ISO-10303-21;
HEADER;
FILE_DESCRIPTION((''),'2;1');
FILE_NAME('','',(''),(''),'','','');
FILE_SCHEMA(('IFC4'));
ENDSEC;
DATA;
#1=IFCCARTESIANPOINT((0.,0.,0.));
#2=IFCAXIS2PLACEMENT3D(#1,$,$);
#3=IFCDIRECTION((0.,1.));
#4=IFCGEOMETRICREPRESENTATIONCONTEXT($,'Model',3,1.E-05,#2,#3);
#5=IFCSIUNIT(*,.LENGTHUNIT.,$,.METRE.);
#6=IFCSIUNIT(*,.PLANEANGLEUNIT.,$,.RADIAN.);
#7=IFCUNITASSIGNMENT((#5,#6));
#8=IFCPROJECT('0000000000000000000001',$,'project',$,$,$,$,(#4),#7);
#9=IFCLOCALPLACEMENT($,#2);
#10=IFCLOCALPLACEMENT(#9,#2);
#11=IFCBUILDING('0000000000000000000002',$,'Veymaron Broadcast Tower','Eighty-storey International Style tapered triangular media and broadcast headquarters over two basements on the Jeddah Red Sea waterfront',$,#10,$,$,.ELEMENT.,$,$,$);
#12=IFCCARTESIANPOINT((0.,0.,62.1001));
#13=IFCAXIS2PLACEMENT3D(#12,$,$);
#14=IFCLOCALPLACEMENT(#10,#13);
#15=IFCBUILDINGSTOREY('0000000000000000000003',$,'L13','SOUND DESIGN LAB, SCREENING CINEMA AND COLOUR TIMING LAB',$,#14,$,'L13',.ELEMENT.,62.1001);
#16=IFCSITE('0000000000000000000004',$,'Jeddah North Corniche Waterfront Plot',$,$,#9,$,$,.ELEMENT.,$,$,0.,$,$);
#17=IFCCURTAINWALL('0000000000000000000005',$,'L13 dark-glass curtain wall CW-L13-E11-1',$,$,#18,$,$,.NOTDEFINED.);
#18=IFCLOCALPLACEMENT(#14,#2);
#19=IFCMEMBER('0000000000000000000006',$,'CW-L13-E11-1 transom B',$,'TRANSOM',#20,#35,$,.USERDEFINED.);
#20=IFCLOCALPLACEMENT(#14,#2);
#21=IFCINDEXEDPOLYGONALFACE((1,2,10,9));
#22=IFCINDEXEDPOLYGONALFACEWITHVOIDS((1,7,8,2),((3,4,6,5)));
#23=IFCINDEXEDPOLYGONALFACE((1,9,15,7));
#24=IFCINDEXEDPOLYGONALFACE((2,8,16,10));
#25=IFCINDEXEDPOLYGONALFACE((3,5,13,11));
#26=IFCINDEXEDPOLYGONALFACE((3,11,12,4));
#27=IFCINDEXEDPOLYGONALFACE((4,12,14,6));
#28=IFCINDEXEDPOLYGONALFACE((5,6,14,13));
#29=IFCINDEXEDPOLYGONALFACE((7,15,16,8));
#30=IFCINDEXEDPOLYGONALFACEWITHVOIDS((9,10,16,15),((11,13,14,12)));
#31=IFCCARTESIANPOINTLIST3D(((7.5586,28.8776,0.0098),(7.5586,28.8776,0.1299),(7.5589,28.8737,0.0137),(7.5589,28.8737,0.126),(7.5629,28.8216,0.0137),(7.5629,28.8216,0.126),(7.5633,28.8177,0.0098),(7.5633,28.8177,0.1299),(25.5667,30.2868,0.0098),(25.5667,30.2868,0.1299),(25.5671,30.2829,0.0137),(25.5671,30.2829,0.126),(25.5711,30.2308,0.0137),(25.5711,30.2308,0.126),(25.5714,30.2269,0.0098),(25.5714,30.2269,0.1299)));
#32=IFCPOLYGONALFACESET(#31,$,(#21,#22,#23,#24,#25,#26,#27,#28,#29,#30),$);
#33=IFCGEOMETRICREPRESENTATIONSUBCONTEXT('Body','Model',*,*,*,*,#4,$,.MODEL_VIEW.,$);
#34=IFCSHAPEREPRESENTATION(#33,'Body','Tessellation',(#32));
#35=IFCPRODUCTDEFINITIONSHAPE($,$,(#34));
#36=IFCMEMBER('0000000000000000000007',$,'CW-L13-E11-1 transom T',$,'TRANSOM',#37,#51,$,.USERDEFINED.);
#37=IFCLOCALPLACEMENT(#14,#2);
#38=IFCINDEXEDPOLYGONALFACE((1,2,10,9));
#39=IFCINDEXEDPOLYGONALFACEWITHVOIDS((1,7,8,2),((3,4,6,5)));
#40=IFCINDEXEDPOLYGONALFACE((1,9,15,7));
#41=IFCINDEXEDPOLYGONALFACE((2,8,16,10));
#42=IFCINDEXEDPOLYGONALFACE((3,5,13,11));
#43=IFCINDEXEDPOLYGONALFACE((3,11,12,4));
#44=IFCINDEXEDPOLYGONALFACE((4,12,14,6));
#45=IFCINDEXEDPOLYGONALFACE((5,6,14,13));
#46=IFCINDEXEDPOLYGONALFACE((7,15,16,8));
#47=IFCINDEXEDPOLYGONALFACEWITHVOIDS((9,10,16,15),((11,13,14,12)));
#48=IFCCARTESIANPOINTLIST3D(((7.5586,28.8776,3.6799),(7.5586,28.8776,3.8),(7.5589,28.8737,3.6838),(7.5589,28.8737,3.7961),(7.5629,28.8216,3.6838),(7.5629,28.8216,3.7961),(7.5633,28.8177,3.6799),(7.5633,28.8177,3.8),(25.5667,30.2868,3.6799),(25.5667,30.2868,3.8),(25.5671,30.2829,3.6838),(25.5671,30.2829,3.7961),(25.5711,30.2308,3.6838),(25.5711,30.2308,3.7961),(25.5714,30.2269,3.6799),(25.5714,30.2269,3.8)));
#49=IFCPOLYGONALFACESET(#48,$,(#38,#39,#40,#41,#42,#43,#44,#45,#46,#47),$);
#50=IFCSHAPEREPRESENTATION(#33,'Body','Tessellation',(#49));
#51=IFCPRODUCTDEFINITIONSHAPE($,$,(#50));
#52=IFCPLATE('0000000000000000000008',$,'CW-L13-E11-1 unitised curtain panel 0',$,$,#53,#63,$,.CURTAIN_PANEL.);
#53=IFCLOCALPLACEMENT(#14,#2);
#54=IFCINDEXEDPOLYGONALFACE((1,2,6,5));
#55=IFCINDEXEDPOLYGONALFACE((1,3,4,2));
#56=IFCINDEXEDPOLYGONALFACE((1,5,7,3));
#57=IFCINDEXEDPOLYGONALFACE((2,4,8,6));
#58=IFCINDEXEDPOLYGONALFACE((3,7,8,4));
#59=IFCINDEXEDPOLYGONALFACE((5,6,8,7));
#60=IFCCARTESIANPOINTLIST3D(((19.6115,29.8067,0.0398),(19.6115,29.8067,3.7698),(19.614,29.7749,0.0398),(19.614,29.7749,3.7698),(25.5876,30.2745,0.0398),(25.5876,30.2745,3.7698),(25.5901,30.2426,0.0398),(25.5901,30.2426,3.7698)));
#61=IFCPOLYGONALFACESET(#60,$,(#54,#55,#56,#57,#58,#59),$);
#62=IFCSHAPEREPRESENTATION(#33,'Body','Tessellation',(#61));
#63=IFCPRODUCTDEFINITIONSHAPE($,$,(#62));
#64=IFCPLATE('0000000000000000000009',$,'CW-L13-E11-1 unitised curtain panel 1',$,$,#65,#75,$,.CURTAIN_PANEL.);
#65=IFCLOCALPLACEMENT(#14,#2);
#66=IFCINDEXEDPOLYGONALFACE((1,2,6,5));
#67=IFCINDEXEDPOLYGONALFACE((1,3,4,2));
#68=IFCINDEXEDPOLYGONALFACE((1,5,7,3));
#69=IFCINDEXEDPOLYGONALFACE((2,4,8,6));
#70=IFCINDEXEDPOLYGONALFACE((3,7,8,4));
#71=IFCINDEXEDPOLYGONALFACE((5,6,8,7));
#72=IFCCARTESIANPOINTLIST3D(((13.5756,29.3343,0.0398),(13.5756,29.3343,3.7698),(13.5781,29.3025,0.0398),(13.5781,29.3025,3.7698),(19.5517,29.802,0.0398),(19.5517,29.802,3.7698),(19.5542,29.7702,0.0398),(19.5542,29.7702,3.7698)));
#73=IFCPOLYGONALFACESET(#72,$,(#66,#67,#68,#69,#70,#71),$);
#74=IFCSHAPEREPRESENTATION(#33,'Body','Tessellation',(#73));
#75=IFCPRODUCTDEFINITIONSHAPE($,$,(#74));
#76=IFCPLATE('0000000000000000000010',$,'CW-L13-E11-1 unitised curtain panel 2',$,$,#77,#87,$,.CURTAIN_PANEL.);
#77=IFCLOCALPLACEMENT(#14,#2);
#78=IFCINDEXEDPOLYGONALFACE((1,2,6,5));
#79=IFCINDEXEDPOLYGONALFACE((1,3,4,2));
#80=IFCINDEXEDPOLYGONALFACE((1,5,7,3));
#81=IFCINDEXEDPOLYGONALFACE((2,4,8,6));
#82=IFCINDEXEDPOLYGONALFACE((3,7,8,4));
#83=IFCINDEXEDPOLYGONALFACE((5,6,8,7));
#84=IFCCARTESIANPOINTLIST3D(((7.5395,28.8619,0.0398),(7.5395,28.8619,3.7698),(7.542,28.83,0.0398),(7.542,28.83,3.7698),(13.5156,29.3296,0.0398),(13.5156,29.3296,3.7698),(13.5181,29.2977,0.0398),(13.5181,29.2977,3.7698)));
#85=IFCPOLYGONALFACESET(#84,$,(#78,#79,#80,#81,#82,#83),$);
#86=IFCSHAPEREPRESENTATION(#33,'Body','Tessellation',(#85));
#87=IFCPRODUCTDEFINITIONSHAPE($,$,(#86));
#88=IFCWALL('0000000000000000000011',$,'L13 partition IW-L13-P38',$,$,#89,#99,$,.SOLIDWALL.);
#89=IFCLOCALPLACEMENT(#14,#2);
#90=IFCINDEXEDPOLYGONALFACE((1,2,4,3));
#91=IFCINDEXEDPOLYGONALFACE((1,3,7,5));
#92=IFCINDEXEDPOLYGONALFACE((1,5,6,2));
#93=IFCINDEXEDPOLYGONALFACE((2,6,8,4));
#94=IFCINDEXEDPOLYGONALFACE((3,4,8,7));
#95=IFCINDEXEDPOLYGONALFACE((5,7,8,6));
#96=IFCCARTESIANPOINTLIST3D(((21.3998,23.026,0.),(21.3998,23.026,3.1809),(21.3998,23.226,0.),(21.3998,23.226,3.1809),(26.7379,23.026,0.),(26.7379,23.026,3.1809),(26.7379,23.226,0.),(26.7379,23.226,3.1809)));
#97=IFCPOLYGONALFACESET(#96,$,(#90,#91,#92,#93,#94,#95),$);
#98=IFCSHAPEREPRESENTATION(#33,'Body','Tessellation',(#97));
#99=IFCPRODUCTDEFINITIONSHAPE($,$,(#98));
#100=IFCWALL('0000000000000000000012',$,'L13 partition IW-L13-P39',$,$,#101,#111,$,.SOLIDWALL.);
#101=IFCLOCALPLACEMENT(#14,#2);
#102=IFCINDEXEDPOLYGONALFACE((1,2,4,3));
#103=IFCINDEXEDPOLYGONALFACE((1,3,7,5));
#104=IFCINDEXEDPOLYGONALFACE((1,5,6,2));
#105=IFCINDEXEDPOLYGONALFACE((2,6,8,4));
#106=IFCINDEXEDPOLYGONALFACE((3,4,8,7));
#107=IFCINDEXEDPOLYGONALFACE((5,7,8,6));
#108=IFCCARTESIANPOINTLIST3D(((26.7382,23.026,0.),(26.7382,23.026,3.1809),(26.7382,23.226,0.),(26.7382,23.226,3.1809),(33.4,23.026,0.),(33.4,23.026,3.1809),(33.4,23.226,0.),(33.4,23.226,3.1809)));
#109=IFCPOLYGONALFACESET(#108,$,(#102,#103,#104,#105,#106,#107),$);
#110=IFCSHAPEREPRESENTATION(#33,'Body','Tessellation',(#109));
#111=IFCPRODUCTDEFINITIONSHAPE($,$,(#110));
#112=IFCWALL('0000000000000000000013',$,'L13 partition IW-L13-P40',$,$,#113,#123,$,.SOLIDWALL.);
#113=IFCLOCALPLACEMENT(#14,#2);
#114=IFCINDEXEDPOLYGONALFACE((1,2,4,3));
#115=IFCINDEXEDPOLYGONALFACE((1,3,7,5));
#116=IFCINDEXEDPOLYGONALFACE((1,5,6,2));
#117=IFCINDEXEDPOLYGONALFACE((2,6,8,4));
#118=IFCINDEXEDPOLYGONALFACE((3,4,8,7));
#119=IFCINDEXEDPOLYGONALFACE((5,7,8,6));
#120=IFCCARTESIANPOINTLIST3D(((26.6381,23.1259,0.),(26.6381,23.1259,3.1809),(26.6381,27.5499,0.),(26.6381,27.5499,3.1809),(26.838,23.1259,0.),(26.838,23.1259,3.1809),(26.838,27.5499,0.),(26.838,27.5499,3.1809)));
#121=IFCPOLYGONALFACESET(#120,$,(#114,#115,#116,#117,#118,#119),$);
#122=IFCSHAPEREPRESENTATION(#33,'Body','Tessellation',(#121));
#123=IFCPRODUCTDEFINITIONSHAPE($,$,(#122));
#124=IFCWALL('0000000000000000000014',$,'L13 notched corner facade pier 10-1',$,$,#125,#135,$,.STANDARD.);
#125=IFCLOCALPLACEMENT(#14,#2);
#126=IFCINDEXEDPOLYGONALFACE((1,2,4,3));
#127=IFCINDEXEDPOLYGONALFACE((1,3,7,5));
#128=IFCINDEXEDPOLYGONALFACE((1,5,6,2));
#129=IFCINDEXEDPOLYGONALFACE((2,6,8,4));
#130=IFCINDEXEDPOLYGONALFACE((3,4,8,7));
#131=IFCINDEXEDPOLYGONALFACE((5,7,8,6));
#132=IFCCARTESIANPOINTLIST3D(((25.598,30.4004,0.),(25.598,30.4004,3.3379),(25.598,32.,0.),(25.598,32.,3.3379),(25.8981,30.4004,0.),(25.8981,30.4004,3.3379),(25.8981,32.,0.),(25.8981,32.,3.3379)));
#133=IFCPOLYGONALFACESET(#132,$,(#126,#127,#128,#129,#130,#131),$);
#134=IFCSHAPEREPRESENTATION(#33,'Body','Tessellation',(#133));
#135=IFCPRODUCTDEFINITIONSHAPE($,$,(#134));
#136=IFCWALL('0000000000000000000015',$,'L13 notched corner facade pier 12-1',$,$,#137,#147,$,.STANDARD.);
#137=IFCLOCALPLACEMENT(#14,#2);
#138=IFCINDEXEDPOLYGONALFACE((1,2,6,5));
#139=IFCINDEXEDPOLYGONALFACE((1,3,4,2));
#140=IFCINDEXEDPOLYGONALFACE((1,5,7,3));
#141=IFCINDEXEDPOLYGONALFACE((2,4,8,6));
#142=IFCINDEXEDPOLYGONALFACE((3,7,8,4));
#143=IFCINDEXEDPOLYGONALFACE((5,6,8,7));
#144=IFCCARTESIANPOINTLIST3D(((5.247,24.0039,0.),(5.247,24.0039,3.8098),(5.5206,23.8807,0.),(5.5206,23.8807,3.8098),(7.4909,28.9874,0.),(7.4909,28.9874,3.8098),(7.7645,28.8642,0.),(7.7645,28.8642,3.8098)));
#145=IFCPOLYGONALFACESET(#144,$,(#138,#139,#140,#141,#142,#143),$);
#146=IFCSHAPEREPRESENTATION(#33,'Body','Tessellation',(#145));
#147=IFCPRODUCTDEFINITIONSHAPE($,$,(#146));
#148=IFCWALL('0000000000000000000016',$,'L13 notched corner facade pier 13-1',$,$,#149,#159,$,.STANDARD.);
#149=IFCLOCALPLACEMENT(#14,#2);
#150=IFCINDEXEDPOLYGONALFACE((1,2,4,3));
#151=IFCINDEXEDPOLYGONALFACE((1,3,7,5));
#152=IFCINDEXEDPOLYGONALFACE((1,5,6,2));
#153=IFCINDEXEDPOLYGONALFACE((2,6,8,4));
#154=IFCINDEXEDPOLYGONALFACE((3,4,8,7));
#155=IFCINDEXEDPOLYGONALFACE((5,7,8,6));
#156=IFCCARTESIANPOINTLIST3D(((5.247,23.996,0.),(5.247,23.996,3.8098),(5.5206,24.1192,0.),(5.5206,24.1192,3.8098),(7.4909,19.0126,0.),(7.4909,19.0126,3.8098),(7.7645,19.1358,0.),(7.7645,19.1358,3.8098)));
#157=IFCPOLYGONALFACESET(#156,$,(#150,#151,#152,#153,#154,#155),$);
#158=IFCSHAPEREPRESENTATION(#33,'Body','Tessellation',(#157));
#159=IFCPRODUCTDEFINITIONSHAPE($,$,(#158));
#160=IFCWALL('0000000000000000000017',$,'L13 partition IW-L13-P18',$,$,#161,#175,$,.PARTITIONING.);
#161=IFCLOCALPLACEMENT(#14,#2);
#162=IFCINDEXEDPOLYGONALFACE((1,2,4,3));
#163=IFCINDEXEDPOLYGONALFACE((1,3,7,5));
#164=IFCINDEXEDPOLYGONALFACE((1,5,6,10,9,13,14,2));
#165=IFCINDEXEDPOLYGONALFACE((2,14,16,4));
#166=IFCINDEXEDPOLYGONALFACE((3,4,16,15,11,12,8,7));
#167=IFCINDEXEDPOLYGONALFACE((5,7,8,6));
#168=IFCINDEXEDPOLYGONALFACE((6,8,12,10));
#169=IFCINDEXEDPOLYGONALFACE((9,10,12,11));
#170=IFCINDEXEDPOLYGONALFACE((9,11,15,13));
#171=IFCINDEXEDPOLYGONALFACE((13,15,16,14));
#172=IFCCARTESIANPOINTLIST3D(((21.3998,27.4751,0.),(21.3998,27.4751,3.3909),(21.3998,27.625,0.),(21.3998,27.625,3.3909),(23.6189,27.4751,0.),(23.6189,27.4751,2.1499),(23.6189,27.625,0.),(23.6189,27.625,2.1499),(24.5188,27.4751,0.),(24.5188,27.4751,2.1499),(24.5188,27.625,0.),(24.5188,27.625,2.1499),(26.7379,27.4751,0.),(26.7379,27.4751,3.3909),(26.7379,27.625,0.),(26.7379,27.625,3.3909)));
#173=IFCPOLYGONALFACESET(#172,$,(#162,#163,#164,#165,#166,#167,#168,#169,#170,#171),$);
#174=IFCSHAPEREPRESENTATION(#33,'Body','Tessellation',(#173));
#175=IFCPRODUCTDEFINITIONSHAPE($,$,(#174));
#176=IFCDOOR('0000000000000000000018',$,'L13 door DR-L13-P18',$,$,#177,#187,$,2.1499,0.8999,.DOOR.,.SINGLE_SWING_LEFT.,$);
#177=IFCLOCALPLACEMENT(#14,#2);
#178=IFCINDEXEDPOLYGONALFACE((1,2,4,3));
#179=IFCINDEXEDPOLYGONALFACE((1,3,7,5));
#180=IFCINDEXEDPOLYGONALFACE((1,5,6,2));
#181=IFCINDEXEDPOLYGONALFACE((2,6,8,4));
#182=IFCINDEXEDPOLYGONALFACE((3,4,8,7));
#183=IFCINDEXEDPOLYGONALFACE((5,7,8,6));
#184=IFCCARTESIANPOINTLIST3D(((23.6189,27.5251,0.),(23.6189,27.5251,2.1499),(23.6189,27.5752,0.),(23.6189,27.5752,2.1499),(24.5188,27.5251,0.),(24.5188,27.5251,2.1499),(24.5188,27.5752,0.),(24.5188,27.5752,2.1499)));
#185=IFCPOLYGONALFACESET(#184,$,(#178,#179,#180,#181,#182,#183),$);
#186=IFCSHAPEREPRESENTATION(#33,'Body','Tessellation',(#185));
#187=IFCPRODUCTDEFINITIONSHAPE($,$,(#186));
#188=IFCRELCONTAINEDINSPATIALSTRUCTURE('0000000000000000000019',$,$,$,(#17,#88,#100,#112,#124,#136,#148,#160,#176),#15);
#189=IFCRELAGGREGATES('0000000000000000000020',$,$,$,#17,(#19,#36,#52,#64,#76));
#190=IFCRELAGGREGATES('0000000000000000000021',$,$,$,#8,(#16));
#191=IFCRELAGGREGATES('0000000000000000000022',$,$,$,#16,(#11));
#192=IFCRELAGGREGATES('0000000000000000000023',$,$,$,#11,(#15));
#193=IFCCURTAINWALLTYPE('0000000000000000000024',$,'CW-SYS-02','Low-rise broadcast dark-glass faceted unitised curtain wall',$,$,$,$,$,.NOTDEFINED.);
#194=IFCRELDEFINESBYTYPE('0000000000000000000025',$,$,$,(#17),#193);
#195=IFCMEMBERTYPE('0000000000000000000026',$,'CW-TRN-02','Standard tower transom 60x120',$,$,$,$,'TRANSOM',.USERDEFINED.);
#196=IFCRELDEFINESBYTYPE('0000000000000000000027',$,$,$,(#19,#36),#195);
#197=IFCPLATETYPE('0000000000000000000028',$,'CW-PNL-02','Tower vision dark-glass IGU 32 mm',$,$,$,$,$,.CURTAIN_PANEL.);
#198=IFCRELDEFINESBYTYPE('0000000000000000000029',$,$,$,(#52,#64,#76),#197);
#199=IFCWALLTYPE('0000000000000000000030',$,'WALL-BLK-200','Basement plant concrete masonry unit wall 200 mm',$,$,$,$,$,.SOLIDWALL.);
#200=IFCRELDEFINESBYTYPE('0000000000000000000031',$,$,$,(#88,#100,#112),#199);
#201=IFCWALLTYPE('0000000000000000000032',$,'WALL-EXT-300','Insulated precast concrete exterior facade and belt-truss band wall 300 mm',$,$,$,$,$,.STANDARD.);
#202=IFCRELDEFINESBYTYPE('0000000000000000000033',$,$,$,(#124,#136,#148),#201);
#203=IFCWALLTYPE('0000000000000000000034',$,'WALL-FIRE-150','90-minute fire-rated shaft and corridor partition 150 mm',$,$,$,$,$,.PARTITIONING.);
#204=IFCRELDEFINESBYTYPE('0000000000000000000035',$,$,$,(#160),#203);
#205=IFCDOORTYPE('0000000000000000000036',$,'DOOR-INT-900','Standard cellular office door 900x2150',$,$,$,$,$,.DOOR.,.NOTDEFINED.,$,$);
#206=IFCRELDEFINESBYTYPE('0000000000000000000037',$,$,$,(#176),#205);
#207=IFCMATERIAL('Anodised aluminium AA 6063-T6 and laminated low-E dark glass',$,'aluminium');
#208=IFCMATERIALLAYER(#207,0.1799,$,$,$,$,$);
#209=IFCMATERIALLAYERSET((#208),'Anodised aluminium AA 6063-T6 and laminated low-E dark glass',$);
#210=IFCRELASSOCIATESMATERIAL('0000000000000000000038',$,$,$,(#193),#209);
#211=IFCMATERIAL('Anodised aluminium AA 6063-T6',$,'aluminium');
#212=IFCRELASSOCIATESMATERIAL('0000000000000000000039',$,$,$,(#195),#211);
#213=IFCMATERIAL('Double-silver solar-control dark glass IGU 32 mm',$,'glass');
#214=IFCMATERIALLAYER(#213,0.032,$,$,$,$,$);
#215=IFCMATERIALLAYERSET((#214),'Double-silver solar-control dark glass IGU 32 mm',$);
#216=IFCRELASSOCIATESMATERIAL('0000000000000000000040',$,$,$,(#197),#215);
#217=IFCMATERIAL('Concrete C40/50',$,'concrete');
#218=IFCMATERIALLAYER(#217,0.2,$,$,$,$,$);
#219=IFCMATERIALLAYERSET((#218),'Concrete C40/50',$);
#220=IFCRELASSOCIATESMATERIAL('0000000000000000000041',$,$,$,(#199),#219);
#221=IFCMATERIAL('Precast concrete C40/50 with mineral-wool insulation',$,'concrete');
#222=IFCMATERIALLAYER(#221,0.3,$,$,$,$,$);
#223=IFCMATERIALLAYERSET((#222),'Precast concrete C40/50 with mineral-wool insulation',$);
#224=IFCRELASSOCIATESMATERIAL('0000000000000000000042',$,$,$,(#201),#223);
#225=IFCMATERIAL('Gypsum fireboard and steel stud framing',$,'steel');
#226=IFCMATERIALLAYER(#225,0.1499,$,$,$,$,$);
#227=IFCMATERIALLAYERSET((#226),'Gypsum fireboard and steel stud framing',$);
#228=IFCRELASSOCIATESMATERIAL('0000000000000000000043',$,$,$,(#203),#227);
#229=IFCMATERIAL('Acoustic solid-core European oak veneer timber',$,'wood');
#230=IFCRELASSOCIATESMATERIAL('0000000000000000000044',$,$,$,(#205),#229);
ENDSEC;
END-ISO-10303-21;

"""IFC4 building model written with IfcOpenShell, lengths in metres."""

from ifc_helpers import new_model, si_unit, direction, frame, frame_2d, origin, origin_2d, place, context, subcontext, project, spatial, rectangle, hollow_rectangle, extrude, material, layer, layer_set, material_profile, profile_set, type_object, element, fill, aggregate, save


model = new_model("IFC4")

# Units and contexts
model_context = context("Model", 3, precision=1e-05, world=origin(), true_north=direction((0.0, 1.0)))
body_context = subcontext(model_context, "Body", "Model", "MODEL_VIEW")
ifc_project = project(units=[si_unit("LENGTHUNIT", "METRE"), si_unit("PLANEANGLEUNIT", "RADIAN")], contexts=[model_context])

# Site, building, storey
site_placement = place(None, origin())
site = spatial("IfcSite", under=ifc_project, at=site_placement, Name="Jeddah North Corniche Waterfront Plot", CompositionType="ELEMENT", RefElevation=0.0)
building_placement = place(site_placement, origin())
building = spatial("IfcBuilding", under=site, at=building_placement, Name="Veymaron Broadcast Tower", Description="Eighty-storey International Style tapered triangular media and broadcast headquarters over two basements on the Jeddah Red Sea waterfront", CompositionType="ELEMENT")
storey_placement = place(building_placement, frame((0.0, 0.0, 62.1001)))
storey = spatial("IfcBuildingStorey", under=building, at=storey_placement, Name="L13", Description="SOUND DESIGN LAB, SCREENING CINEMA AND COLOUR TIMING LAB", LongName="L13", CompositionType="ELEMENT", Elevation=62.1001)

# Curtain wall, members, plates
ifc_material_1 = material(Name="Anodised aluminium AA 6063-T6 and laminated low-E dark glass", Category="aluminium")
ifc_layer_1 = layer(ifc_material_1, 0.1799)
ifc_layer_set_1 = layer_set([ifc_layer_1], Name="Anodised aluminium AA 6063-T6 and laminated low-E dark glass")
curtain_wall_type = type_object("IfcCurtainWallType", Name="CW-SYS-02", Description="Low-rise broadcast dark-glass faceted unitised curtain wall", PredefinedType="NOTDEFINED", material=ifc_layer_set_1)
curtain_wall_placement = place(storey_placement, origin())
curtain_wall = element("IfcCurtainWall", 1, at=curtain_wall_placement, inside=storey, type_object=curtain_wall_type, Name="L13 dark-glass curtain wall CW-L13-E11-1", PredefinedType="NOTDEFINED")
ifc_material_2 = material(Name="Anodised aluminium AA 6063-T6", Category="aluminium")
ifc_material_profile_1 = material_profile(ifc_material_2, hollow_rectangle(XDim=0.0601, YDim=0.1201, WallThickness=0.0039, at=origin_2d()), Name="AL120X60X4")
ifc_profile_set_1 = profile_set([ifc_material_profile_1], Name="Anodised aluminium AA 6063-T6")
member_type_1 = type_object("IfcMemberType", Name="CW-TRN-02", Description="Standard tower transom 60x120", ElementType="TRANSOM", PredefinedType="USERDEFINED", material=ifc_profile_set_1)
member_1_placement = place(storey_placement, frame((25.5691, 30.2568, 0.0698), z_axis=(-0.996952, -0.078013, 0.0), x_axis=(0.078013, -0.996952, 0.0)))
member_1 = element("IfcMember", 2, at=member_1_placement, type_object=member_type_1, Name="CW-L13-E11-1 transom B", ObjectType="TRANSOM", PredefinedType="USERDEFINED", context=body_context, shape_type="SweptSolid", body=[
    extrude(hollow_rectangle(XDim=0.0601, YDim=0.1201, WallThickness=0.0039, at=origin_2d()), origin(), (0.0, 0.0, 1.0), 18.0632),
])
member_2_placement = place(storey_placement, frame((25.5691, 30.2568, 3.74), z_axis=(-0.996952, -0.078013, 0.0), x_axis=(0.078013, -0.996952, 0.0)))
member_2 = element("IfcMember", 3, at=member_2_placement, type_object=member_type_1, Name="CW-L13-E11-1 transom T", ObjectType="TRANSOM", PredefinedType="USERDEFINED", context=body_context, shape_type="SweptSolid", body=[
    extrude(hollow_rectangle(XDim=0.0601, YDim=0.1201, WallThickness=0.0039, at=origin_2d()), origin(), (0.0, 0.0, 1.0), 18.0632),
])
ifc_material_3 = material(Name="Double-silver solar-control dark glass IGU 32 mm", Category="glass")
ifc_layer_2 = layer(ifc_material_3, 0.032)
ifc_layer_set_2 = layer_set([ifc_layer_2], Name="Double-silver solar-control dark glass IGU 32 mm")
plate_type = type_object("IfcPlateType", Name="CW-PNL-02", Description="Tower vision dark-glass IGU 32 mm", PredefinedType="CURTAIN_PANEL", material=ifc_layer_set_2)
plate_1_placement = place(storey_placement, frame((22.6008, 30.0247, 0.0398), z_axis=(0.0, 0.0, 1.0), x_axis=(-0.996951, -0.078024, 0.0)))
plate_1 = element("IfcPlate", 4, at=plate_1_placement, type_object=plate_type, Name="CW-L13-E11-1 unitised curtain panel 0", PredefinedType="CURTAIN_PANEL", context=body_context, shape_type="SweptSolid", body=[
    extrude(rectangle(XDim=5.9944, YDim=0.032, at=origin_2d()), origin(), (0.0, 0.0, 1.0), 3.73),
])
plate_2_placement = place(storey_placement, frame((16.5649, 29.5522, 0.0398), z_axis=(0.0, 0.0, 1.0), x_axis=(-0.996951, -0.078024, 0.0)))
plate_2 = element("IfcPlate", 5, at=plate_2_placement, type_object=plate_type, Name="CW-L13-E11-1 unitised curtain panel 1", PredefinedType="CURTAIN_PANEL", context=body_context, shape_type="SweptSolid", body=[
    extrude(rectangle(XDim=5.9944, YDim=0.032, at=origin_2d()), origin(), (0.0, 0.0, 1.0), 3.73),
])
plate_3_placement = place(storey_placement, frame((10.5288, 29.0798, 0.0398), z_axis=(0.0, 0.0, 1.0), x_axis=(-0.996951, -0.078024, 0.0)))
plate_3 = element("IfcPlate", 6, at=plate_3_placement, type_object=plate_type, Name="CW-L13-E11-1 unitised curtain panel 2", PredefinedType="CURTAIN_PANEL", context=body_context, shape_type="SweptSolid", body=[
    extrude(rectangle(XDim=5.9944, YDim=0.032, at=origin_2d()), origin(), (0.0, 0.0, 1.0), 3.73),
])
aggregate(curtain_wall, [member_1, member_2, plate_1, plate_2, plate_3])

# Walls
ifc_material_4 = material(Name="Concrete C40/50", Category="concrete")
ifc_layer_3 = layer(ifc_material_4, 0.2)
ifc_layer_set_3 = layer_set([ifc_layer_3], Name="Concrete C40/50")
wall_type_1 = type_object("IfcWallType", Name="WALL-BLK-200", Description="Basement plant concrete masonry unit wall 200 mm", PredefinedType="SOLIDWALL", material=ifc_layer_set_3)
wall_1_placement = place(storey_placement, frame((21.3999, 23.126, 0.0), z_axis=(0.0, 0.0, 1.0), x_axis=(1.0, 0.0, 0.0)))
element("IfcWall", 7, at=wall_1_placement, inside=storey, type_object=wall_type_1, Name="L13 partition IW-L13-P38", PredefinedType="SOLIDWALL", context=body_context, shape_type="SweptSolid", body=[
    extrude(rectangle(XDim=5.3381, YDim=0.2, at=frame_2d((2.6689, 0.0))), origin(), (0.0, 0.0, 1.0), 3.1809),
])
wall_2_placement = place(storey_placement, frame((26.738, 23.126, 0.0), z_axis=(0.0, 0.0, 1.0), x_axis=(1.0, 0.0, 0.0)))
element("IfcWall", 8, at=wall_2_placement, inside=storey, type_object=wall_type_1, Name="L13 partition IW-L13-P39", PredefinedType="SOLIDWALL", context=body_context, shape_type="SweptSolid", body=[
    extrude(rectangle(XDim=6.6619, YDim=0.2, at=frame_2d((3.3311, 0.0))), origin(), (0.0, 0.0, 1.0), 3.1809),
])
wall_3_placement = place(storey_placement, frame((26.738, 23.126, 0.0), z_axis=(0.0, 0.0, 1.0), x_axis=(0.0, 1.0, 0.0)))
element("IfcWall", 9, at=wall_3_placement, inside=storey, type_object=wall_type_1, Name="L13 partition IW-L13-P40", PredefinedType="SOLIDWALL", context=body_context, shape_type="SweptSolid", body=[
    extrude(rectangle(XDim=4.4241, YDim=0.2, at=frame_2d((2.2119, 0.0))), origin(), (0.0, 0.0, 1.0), 3.1809),
])
ifc_material_5 = material(Name="Precast concrete C40/50 with mineral-wool insulation", Category="concrete")
ifc_layer_4 = layer(ifc_material_5, 0.3)
ifc_layer_set_4 = layer_set([ifc_layer_4], Name="Precast concrete C40/50 with mineral-wool insulation")
wall_type_2 = type_object("IfcWallType", Name="WALL-EXT-300", Description="Insulated precast concrete exterior facade and belt-truss band wall 300 mm", PredefinedType="STANDARD", material=ifc_layer_set_4)
wall_4_placement = place(storey_placement, frame((25.748, 32.0, 0.0), z_axis=(0.0, 0.0, 1.0), x_axis=(0.0, -1.0, 0.0)))
element("IfcWall", 10, at=wall_4_placement, inside=storey, type_object=wall_type_2, Name="L13 notched corner facade pier 10-1", PredefinedType="STANDARD", context=body_context, shape_type="SweptSolid", body=[
    extrude(rectangle(XDim=1.5996, YDim=0.3, at=frame_2d((0.7998, 0.0))), origin(), (0.0, 0.0, 1.0), 3.3379),
])
for number, where, z_axis, x_axis, name in (
    (11, (7.6277, 28.9258, 0.0), (0.0, 0.0, 1.0), (-0.410573, -0.911828, 0.0), "L13 notched corner facade pier 12-1"),
    (12, (5.3838, 24.0576, 0.0), (0.0, 0.0, 1.0), (0.410573, -0.911828, 0.0), "L13 notched corner facade pier 13-1"),
):
    element("IfcWall", number, at=place(storey_placement, frame(where, z_axis=z_axis, x_axis=x_axis)), inside=storey, type_object=wall_type_2, Name=name, PredefinedType="STANDARD", context=body_context, shape_type="SweptSolid", body=[
        extrude(rectangle(XDim=5.4653, YDim=0.3, at=frame_2d((2.7327, 0.0))), origin(), (0.0, 0.0, 1.0), 3.8098),
    ])

# Wall, opening, door
ifc_material_6 = material(Name="Gypsum fireboard and steel stud framing", Category="steel")
ifc_layer_5 = layer(ifc_material_6, 0.1499)
ifc_layer_set_5 = layer_set([ifc_layer_5], Name="Gypsum fireboard and steel stud framing")
wall_type_3 = type_object("IfcWallType", Name="WALL-FIRE-150", Description="90-minute fire-rated shaft and corridor partition 150 mm", PredefinedType="PARTITIONING", material=ifc_layer_set_5)
wall_5_placement = place(storey_placement, frame((21.3999, 27.55, 0.0), z_axis=(0.0, 0.0, 1.0), x_axis=(1.0, 0.0, 0.0)))
wall_5 = element("IfcWall", 13, at=wall_5_placement, inside=storey, type_object=wall_type_3, Name="L13 partition IW-L13-P18", PredefinedType="PARTITIONING", context=body_context, shape_type="SweptSolid", body=[
    extrude(rectangle(XDim=5.3381, YDim=0.1499, at=frame_2d((2.6689, 0.0))), origin(), (0.0, 0.0, 1.0), 3.3909),
])
opening_1_placement = place(wall_5_placement, frame((2.219, 0.0, 0.0)))
opening_1 = element("IfcOpeningElement", 14, at=opening_1_placement, cuts=wall_5, PredefinedType="OPENING", context=body_context, shape_type="SweptSolid", body=[
    extrude(rectangle(XDim=0.8999, YDim=2.1499, at=frame_2d((0.45, 1.075))), frame((0.0, 0.085, 0.0), z_axis=(0.0, -1.0, 0.0), x_axis=(1.0, 0.0, 0.0)), (0.0, 0.0, 1.0), 0.1699),
])
ifc_material_7 = material(Name="Acoustic solid-core European oak veneer timber", Category="wood")
door_type = type_object("IfcDoorType", Name="DOOR-INT-900", Description="Standard cellular office door 900x2150", OperationType="NOTDEFINED", PredefinedType="DOOR", material=ifc_material_7)
door_1_placement = place(opening_1_placement, frame((0.8999, 0.0, 0.0), z_axis=(0.0, 0.0, 1.0), x_axis=(-1.0, 0.0, 0.0)))
door_1 = element("IfcDoor", 15, at=door_1_placement, inside=storey, type_object=door_type, Name="L13 door DR-L13-P18", OperationType="SINGLE_SWING_LEFT", OverallHeight=2.1499, OverallWidth=0.8999, PredefinedType="DOOR", context=body_context, shape_type="SweptSolid", body=[
    extrude(rectangle(XDim=0.8999, YDim=2.1499, at=frame_2d((0.45, 1.075))), frame((0.0, 0.0249, 0.0), z_axis=(0.0, -1.0, 0.0), x_axis=(1.0, 0.0, 0.0)), (0.0, 0.0, 1.0), 0.05),
])
fill(opening_1, door_1)

save(model, "model.ifc")
